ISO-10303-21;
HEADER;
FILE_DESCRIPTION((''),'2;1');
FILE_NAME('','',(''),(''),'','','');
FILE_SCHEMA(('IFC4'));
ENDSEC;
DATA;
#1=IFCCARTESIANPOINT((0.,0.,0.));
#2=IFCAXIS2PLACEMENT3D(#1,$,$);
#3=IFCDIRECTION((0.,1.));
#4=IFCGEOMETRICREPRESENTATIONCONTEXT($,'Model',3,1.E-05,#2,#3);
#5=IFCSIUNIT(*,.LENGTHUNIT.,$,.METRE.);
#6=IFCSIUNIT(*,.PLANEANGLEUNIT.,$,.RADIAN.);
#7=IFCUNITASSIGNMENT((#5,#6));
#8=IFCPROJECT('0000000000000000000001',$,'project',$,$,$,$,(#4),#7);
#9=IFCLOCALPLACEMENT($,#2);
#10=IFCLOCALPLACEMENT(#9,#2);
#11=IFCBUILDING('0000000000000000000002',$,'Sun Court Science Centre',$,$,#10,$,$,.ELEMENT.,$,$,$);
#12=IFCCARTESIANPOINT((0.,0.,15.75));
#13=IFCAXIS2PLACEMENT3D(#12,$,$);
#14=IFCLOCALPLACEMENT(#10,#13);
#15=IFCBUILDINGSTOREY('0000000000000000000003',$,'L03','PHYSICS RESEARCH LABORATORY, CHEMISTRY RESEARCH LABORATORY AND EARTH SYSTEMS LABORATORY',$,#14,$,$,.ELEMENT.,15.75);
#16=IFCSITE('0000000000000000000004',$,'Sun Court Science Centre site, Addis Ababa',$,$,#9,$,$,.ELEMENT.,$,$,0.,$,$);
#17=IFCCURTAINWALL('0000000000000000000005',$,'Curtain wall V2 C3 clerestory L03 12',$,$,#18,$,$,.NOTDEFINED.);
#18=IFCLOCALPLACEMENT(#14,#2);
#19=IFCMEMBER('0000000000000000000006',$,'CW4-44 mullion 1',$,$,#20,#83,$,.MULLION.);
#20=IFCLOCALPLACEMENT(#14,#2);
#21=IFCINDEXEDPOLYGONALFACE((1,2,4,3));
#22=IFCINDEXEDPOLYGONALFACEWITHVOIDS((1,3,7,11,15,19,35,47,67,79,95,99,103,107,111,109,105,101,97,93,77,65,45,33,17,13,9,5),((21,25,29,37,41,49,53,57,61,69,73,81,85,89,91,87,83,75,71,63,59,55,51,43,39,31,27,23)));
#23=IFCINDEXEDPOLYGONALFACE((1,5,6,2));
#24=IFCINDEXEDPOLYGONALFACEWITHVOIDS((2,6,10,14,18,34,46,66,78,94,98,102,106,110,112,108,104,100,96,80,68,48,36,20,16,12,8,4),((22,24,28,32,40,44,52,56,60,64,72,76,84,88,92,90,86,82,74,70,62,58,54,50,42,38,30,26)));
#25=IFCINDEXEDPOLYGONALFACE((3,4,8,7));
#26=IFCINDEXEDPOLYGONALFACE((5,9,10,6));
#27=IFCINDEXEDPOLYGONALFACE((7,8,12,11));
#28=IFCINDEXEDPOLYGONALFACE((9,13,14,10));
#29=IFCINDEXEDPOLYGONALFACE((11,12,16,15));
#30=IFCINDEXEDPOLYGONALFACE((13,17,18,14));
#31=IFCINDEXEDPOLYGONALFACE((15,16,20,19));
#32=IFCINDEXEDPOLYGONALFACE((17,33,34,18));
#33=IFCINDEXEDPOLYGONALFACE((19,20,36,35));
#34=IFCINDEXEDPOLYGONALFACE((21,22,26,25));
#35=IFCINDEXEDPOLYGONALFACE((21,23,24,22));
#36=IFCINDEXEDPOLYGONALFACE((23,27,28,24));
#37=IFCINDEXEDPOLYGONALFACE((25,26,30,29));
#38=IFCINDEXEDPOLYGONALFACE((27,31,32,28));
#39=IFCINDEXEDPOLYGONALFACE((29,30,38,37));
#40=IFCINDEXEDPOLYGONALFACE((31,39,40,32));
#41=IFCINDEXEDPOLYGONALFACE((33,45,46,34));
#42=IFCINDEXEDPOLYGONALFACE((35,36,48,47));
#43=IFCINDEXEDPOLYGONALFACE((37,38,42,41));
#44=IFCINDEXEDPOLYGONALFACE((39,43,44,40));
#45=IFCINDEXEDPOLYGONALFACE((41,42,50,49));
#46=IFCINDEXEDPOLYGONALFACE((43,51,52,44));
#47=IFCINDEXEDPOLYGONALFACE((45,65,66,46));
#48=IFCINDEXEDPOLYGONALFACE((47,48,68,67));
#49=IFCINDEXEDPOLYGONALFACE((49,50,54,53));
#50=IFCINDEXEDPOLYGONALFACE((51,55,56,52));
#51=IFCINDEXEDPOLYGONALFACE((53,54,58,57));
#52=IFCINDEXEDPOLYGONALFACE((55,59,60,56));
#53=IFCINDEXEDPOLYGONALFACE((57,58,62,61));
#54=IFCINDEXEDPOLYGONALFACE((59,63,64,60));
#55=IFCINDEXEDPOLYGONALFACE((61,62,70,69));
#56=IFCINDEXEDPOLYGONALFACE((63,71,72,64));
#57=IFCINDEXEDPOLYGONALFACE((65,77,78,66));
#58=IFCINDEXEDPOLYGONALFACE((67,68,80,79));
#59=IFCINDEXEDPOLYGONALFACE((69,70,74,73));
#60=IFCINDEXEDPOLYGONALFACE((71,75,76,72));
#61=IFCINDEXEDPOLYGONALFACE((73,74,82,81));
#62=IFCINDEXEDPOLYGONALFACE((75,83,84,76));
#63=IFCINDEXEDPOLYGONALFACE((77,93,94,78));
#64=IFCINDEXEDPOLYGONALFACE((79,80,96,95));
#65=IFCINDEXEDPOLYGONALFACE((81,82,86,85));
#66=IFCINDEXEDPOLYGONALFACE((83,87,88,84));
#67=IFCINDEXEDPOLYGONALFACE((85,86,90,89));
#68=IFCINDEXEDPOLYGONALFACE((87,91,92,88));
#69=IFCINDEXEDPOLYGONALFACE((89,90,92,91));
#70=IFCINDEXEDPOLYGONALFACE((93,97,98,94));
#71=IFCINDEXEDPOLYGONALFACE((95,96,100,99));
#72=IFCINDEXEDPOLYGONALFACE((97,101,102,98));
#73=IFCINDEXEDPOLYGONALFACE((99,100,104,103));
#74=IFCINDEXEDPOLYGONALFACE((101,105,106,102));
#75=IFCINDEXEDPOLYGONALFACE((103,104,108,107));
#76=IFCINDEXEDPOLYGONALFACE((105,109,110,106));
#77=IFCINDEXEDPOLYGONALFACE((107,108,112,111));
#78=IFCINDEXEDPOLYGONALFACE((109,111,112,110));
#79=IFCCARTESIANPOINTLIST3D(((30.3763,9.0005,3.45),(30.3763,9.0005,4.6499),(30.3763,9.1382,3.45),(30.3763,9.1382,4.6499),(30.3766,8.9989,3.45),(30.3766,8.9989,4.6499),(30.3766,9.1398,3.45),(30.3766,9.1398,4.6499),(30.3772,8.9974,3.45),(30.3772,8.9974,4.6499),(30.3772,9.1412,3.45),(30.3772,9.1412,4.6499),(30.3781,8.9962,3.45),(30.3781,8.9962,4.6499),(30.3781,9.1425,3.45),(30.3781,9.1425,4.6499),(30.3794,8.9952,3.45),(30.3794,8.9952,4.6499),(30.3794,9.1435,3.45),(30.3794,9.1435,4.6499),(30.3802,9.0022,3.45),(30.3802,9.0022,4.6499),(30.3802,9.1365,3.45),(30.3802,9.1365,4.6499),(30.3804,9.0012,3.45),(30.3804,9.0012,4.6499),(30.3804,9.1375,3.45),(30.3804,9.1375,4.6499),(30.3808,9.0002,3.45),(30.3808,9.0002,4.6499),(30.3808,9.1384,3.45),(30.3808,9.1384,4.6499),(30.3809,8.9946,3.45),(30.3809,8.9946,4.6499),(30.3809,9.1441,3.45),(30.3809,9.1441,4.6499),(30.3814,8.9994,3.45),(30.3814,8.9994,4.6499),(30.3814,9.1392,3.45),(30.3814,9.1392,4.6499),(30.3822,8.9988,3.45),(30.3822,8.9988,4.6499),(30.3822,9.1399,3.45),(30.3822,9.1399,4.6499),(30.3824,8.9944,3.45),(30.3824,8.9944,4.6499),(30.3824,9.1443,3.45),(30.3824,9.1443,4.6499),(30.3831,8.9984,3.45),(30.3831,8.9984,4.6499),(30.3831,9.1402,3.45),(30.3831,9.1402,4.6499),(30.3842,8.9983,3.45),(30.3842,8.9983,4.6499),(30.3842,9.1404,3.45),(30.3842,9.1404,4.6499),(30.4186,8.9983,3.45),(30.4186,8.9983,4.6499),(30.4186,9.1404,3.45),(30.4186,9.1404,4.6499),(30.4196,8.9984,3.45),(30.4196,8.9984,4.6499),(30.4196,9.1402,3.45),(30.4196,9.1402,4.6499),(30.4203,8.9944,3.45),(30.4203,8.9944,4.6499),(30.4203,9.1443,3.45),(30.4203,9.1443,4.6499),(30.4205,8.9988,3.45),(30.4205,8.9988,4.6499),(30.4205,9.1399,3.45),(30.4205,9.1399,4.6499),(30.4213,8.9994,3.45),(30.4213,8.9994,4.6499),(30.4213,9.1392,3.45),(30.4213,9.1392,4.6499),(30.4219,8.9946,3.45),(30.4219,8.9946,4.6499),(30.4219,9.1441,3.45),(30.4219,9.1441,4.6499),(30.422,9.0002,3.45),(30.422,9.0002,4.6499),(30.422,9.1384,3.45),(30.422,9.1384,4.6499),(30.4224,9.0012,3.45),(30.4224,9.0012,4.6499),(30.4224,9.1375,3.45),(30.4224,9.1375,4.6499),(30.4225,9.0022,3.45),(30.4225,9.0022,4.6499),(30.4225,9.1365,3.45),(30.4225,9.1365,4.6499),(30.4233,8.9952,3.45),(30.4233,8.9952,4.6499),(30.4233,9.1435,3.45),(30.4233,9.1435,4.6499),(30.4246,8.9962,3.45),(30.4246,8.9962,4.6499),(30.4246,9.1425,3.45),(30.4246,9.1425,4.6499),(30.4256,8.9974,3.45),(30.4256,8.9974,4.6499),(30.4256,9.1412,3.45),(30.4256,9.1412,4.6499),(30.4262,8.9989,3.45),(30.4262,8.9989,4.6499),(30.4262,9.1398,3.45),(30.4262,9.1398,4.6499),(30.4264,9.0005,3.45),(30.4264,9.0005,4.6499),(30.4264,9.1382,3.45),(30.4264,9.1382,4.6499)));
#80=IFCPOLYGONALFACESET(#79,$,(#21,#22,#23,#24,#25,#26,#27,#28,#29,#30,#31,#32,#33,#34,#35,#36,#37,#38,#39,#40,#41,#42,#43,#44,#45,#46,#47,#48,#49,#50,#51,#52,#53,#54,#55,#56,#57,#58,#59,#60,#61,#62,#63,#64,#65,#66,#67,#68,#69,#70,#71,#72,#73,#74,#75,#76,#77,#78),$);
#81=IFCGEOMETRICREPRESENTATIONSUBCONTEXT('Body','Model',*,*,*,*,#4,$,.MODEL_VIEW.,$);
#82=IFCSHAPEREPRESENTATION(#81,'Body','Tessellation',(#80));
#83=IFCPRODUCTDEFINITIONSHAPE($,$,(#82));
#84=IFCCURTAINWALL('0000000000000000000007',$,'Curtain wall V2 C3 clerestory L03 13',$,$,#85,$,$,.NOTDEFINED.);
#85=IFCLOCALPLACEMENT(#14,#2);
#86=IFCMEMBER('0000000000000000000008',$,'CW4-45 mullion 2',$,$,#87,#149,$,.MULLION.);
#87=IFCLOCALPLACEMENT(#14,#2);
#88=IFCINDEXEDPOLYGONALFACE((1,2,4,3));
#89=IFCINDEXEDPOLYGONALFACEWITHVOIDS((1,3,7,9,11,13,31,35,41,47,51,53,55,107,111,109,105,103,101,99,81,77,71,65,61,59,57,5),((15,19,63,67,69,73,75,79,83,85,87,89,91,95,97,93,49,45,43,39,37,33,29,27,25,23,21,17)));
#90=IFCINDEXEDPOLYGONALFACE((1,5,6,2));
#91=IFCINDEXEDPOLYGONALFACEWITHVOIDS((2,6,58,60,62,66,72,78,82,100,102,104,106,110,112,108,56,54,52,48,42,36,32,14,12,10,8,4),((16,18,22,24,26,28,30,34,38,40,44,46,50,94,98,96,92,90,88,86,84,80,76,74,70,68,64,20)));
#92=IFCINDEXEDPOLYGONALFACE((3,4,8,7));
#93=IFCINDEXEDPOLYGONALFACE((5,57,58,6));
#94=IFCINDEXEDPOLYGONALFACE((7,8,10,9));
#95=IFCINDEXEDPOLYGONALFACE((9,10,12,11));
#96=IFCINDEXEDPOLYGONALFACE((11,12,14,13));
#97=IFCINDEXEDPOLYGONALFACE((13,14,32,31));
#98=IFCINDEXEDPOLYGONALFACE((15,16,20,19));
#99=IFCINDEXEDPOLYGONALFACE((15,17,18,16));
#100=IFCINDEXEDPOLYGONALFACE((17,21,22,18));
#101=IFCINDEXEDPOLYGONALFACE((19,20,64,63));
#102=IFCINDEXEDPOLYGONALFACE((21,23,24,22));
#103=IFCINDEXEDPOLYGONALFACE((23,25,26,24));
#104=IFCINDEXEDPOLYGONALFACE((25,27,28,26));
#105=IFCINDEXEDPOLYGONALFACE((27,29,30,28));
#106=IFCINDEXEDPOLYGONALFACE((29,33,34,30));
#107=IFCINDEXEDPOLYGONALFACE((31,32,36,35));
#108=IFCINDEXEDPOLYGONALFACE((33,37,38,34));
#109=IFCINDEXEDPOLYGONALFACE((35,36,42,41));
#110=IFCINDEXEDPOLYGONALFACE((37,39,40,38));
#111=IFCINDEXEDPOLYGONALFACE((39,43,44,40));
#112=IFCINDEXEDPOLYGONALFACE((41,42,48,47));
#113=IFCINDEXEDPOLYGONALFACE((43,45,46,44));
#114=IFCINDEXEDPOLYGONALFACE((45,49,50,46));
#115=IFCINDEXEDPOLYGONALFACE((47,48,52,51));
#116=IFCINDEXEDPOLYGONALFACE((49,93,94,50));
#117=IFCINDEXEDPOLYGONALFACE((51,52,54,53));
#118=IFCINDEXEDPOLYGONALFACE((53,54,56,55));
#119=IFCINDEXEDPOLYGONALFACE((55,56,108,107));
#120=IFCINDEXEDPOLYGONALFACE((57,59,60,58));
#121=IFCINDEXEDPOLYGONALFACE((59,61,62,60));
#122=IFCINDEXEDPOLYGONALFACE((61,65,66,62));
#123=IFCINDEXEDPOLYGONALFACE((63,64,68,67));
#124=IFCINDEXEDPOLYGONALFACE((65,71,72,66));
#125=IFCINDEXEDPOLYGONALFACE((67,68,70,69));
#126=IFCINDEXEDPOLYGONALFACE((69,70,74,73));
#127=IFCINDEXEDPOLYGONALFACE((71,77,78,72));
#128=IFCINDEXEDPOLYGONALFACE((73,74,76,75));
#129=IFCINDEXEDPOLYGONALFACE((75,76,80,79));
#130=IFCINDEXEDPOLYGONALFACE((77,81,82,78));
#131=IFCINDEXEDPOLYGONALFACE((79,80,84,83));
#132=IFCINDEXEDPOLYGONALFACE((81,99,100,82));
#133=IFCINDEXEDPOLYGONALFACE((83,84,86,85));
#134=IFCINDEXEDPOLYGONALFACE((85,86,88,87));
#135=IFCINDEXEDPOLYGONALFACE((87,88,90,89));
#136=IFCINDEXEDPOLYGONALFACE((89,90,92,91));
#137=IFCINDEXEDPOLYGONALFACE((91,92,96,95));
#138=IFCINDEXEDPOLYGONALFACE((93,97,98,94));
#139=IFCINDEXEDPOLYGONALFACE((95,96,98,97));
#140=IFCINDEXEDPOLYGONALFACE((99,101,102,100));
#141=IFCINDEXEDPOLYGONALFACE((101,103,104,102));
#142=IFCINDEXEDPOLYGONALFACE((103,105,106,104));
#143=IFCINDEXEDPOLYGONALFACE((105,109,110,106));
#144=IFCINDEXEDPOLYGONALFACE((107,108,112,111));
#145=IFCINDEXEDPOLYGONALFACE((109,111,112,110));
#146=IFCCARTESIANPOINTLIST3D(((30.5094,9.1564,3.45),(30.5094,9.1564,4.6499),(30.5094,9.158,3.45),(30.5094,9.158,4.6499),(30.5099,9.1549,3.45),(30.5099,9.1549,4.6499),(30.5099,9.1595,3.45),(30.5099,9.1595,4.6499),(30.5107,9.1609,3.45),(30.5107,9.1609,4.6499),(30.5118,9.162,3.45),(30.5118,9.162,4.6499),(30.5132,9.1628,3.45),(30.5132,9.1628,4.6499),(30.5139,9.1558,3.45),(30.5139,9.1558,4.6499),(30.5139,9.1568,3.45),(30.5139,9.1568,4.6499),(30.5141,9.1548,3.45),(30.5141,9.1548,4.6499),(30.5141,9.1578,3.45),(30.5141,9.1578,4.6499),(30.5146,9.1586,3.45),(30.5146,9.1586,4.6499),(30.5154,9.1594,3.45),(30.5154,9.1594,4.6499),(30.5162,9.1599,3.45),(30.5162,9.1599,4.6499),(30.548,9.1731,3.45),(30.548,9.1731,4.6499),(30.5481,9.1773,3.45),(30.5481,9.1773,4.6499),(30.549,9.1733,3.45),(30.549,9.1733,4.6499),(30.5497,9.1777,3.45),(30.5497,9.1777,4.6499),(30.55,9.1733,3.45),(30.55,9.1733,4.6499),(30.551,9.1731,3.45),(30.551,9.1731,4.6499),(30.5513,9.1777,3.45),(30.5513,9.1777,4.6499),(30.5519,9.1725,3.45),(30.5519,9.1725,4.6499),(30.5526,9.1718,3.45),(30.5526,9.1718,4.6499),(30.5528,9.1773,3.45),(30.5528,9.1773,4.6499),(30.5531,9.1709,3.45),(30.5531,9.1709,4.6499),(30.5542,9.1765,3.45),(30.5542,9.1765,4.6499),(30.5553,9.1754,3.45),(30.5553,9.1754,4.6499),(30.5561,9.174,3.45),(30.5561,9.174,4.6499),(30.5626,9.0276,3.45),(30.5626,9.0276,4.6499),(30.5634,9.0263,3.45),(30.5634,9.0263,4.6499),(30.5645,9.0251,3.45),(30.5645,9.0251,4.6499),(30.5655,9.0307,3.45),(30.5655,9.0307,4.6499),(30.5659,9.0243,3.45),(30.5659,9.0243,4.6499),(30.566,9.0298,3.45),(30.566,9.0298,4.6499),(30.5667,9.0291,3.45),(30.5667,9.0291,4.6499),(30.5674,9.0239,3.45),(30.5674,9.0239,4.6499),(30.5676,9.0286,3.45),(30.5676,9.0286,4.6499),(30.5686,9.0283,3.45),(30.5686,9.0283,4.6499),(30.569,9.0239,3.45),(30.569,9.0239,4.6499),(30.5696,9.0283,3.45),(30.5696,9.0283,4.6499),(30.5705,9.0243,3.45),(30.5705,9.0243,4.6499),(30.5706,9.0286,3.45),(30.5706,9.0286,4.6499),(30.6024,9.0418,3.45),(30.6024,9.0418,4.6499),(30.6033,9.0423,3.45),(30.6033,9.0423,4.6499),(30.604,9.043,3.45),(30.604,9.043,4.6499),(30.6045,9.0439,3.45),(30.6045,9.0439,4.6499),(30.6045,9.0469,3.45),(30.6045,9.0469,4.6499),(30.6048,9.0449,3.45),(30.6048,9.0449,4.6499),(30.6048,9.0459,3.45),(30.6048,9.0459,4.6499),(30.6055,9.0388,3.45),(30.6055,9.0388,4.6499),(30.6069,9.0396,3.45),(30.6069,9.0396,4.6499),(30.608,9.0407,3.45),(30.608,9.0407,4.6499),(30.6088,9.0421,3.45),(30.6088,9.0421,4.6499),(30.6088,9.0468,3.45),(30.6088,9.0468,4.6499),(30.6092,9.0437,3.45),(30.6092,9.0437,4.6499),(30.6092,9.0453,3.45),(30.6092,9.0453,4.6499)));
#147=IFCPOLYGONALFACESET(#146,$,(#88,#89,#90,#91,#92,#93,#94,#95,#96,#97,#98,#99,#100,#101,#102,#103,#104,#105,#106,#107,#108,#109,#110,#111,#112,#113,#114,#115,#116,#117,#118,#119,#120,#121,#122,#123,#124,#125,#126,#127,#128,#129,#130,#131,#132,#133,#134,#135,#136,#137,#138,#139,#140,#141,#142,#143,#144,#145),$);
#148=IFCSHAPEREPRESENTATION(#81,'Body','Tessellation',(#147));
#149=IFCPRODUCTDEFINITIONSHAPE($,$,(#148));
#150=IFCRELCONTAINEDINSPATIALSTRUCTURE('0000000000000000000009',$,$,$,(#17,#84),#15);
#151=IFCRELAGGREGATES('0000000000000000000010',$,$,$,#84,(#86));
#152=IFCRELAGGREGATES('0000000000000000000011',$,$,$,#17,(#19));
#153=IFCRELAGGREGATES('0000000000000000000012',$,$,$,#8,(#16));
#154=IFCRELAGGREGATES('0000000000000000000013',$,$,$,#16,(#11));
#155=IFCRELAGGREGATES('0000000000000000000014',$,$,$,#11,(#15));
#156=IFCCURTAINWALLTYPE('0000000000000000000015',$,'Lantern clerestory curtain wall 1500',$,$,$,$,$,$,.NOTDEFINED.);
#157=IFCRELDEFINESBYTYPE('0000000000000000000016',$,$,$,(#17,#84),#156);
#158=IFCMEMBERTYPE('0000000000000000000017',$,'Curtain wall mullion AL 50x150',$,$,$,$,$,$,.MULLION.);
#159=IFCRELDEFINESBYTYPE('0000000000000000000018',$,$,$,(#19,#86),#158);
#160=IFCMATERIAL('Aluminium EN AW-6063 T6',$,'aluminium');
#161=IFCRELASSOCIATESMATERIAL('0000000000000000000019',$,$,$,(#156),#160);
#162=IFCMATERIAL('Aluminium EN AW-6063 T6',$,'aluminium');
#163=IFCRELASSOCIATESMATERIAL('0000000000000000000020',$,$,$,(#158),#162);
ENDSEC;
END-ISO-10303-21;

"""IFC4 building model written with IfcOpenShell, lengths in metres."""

from ifc_helpers import new_model, si_unit, direction, frame, origin, origin_2d, place, context, subcontext, project, spatial, hollow_rectangle, extrude, material, material_profile, profile_set, type_object, element, aggregate, save


model = new_model("IFC4")

# Units and contexts
model_context = context("Model", 3, precision=1e-05, world=origin(), true_north=direction((0.0, 1.0)))
body_context = subcontext(model_context, "Body", "Model", "MODEL_VIEW")
ifc_project = project(units=[si_unit("LENGTHUNIT", "METRE"), si_unit("PLANEANGLEUNIT", "RADIAN")], contexts=[model_context])

# Site, building, storey
site_placement = place(None, origin())
site = spatial("IfcSite", under=ifc_project, at=site_placement, Name="Sun Court Science Centre site, Addis Ababa", CompositionType="ELEMENT", RefElevation=0.0)
building_placement = place(site_placement, origin())
building = spatial("IfcBuilding", under=site, at=building_placement, Name="Sun Court Science Centre", CompositionType="ELEMENT")
storey_placement = place(building_placement, frame((0.0, 0.0, 15.75)))
storey = spatial("IfcBuildingStorey", under=building, at=storey_placement, Name="L03", Description="PHYSICS RESEARCH LABORATORY, CHEMISTRY RESEARCH LABORATORY AND EARTH SYSTEMS LABORATORY", CompositionType="ELEMENT", Elevation=15.75)

# Shared definitions
ifc_material_1 = material(Name="Aluminium EN AW-6063 T6", Category="aluminium")
curtain_wall_type = type_object("IfcCurtainWallType", Name="Lantern clerestory curtain wall 1500", PredefinedType="NOTDEFINED", material=ifc_material_1)
ifc_material_2 = material(Name="Aluminium EN AW-6063 T6", Category="aluminium")
ifc_material_profile_1 = material_profile(ifc_material_2, hollow_rectangle(XDim=0.05, YDim=0.1499, WallThickness=0.0039, InnerFilletRadius=0.0039, OuterFilletRadius=0.0061, at=origin_2d()), Name="AL 50x150x4")
ifc_profile_set_1 = profile_set([ifc_material_profile_1], Name="Aluminium EN AW-6063 T6")
member_type_1 = type_object("IfcMemberType", Name="Curtain wall mullion AL 50x150", PredefinedType="MULLION", material=ifc_profile_set_1)

# Curtain wall, member
curtain_wall_1_placement = place(storey_placement, origin())
curtain_wall_1 = element("IfcCurtainWall", 1, at=curtain_wall_1_placement, inside=storey, type_object=curtain_wall_type, Name="Curtain wall V2 C3 clerestory L03 12", PredefinedType="NOTDEFINED")
member_1_placement = place(storey_placement, frame((30.4014, 9.0693, 3.45), z_axis=(0.0, 0.0, 1.0), x_axis=(-1.0, 0.0, 0.0)))
member_1 = element("IfcMember", 2, at=member_1_placement, type_object=member_type_1, Name="CW4-44 mullion 1", PredefinedType="MULLION", context=body_context, shape_type="SweptSolid", body=[
    extrude(hollow_rectangle(XDim=0.05, YDim=0.1499, WallThickness=0.0039, InnerFilletRadius=0.0039, OuterFilletRadius=0.0061, at=origin_2d()), origin(), (0.0, 0.0, 1.0), 1.2),
])

# Curtain wall, member
curtain_wall_2_placement = place(storey_placement, origin())
curtain_wall_2 = element("IfcCurtainWall", 3, at=curtain_wall_2_placement, inside=storey, type_object=curtain_wall_type, Name="Curtain wall V2 C3 clerestory L03 13", PredefinedType="NOTDEFINED")
member_2_placement = place(storey_placement, frame((30.5593, 9.1008, 3.45), z_axis=(0.0, 0.0, 1.0), x_axis=(-0.92388, -0.382683, 0.0)))
member_2 = element("IfcMember", 4, at=member_2_placement, type_object=member_type_1, Name="CW4-45 mullion 2", PredefinedType="MULLION", context=body_context, shape_type="SweptSolid", body=[
    extrude(hollow_rectangle(XDim=0.05, YDim=0.1499, WallThickness=0.0039, InnerFilletRadius=0.0039, OuterFilletRadius=0.0061, at=origin_2d()), origin(), (0.0, 0.0, 1.0), 1.2),
])
aggregate(curtain_wall_2, [member_2])

aggregate(curtain_wall_1, [member_1])

save(model, "model.ifc")
